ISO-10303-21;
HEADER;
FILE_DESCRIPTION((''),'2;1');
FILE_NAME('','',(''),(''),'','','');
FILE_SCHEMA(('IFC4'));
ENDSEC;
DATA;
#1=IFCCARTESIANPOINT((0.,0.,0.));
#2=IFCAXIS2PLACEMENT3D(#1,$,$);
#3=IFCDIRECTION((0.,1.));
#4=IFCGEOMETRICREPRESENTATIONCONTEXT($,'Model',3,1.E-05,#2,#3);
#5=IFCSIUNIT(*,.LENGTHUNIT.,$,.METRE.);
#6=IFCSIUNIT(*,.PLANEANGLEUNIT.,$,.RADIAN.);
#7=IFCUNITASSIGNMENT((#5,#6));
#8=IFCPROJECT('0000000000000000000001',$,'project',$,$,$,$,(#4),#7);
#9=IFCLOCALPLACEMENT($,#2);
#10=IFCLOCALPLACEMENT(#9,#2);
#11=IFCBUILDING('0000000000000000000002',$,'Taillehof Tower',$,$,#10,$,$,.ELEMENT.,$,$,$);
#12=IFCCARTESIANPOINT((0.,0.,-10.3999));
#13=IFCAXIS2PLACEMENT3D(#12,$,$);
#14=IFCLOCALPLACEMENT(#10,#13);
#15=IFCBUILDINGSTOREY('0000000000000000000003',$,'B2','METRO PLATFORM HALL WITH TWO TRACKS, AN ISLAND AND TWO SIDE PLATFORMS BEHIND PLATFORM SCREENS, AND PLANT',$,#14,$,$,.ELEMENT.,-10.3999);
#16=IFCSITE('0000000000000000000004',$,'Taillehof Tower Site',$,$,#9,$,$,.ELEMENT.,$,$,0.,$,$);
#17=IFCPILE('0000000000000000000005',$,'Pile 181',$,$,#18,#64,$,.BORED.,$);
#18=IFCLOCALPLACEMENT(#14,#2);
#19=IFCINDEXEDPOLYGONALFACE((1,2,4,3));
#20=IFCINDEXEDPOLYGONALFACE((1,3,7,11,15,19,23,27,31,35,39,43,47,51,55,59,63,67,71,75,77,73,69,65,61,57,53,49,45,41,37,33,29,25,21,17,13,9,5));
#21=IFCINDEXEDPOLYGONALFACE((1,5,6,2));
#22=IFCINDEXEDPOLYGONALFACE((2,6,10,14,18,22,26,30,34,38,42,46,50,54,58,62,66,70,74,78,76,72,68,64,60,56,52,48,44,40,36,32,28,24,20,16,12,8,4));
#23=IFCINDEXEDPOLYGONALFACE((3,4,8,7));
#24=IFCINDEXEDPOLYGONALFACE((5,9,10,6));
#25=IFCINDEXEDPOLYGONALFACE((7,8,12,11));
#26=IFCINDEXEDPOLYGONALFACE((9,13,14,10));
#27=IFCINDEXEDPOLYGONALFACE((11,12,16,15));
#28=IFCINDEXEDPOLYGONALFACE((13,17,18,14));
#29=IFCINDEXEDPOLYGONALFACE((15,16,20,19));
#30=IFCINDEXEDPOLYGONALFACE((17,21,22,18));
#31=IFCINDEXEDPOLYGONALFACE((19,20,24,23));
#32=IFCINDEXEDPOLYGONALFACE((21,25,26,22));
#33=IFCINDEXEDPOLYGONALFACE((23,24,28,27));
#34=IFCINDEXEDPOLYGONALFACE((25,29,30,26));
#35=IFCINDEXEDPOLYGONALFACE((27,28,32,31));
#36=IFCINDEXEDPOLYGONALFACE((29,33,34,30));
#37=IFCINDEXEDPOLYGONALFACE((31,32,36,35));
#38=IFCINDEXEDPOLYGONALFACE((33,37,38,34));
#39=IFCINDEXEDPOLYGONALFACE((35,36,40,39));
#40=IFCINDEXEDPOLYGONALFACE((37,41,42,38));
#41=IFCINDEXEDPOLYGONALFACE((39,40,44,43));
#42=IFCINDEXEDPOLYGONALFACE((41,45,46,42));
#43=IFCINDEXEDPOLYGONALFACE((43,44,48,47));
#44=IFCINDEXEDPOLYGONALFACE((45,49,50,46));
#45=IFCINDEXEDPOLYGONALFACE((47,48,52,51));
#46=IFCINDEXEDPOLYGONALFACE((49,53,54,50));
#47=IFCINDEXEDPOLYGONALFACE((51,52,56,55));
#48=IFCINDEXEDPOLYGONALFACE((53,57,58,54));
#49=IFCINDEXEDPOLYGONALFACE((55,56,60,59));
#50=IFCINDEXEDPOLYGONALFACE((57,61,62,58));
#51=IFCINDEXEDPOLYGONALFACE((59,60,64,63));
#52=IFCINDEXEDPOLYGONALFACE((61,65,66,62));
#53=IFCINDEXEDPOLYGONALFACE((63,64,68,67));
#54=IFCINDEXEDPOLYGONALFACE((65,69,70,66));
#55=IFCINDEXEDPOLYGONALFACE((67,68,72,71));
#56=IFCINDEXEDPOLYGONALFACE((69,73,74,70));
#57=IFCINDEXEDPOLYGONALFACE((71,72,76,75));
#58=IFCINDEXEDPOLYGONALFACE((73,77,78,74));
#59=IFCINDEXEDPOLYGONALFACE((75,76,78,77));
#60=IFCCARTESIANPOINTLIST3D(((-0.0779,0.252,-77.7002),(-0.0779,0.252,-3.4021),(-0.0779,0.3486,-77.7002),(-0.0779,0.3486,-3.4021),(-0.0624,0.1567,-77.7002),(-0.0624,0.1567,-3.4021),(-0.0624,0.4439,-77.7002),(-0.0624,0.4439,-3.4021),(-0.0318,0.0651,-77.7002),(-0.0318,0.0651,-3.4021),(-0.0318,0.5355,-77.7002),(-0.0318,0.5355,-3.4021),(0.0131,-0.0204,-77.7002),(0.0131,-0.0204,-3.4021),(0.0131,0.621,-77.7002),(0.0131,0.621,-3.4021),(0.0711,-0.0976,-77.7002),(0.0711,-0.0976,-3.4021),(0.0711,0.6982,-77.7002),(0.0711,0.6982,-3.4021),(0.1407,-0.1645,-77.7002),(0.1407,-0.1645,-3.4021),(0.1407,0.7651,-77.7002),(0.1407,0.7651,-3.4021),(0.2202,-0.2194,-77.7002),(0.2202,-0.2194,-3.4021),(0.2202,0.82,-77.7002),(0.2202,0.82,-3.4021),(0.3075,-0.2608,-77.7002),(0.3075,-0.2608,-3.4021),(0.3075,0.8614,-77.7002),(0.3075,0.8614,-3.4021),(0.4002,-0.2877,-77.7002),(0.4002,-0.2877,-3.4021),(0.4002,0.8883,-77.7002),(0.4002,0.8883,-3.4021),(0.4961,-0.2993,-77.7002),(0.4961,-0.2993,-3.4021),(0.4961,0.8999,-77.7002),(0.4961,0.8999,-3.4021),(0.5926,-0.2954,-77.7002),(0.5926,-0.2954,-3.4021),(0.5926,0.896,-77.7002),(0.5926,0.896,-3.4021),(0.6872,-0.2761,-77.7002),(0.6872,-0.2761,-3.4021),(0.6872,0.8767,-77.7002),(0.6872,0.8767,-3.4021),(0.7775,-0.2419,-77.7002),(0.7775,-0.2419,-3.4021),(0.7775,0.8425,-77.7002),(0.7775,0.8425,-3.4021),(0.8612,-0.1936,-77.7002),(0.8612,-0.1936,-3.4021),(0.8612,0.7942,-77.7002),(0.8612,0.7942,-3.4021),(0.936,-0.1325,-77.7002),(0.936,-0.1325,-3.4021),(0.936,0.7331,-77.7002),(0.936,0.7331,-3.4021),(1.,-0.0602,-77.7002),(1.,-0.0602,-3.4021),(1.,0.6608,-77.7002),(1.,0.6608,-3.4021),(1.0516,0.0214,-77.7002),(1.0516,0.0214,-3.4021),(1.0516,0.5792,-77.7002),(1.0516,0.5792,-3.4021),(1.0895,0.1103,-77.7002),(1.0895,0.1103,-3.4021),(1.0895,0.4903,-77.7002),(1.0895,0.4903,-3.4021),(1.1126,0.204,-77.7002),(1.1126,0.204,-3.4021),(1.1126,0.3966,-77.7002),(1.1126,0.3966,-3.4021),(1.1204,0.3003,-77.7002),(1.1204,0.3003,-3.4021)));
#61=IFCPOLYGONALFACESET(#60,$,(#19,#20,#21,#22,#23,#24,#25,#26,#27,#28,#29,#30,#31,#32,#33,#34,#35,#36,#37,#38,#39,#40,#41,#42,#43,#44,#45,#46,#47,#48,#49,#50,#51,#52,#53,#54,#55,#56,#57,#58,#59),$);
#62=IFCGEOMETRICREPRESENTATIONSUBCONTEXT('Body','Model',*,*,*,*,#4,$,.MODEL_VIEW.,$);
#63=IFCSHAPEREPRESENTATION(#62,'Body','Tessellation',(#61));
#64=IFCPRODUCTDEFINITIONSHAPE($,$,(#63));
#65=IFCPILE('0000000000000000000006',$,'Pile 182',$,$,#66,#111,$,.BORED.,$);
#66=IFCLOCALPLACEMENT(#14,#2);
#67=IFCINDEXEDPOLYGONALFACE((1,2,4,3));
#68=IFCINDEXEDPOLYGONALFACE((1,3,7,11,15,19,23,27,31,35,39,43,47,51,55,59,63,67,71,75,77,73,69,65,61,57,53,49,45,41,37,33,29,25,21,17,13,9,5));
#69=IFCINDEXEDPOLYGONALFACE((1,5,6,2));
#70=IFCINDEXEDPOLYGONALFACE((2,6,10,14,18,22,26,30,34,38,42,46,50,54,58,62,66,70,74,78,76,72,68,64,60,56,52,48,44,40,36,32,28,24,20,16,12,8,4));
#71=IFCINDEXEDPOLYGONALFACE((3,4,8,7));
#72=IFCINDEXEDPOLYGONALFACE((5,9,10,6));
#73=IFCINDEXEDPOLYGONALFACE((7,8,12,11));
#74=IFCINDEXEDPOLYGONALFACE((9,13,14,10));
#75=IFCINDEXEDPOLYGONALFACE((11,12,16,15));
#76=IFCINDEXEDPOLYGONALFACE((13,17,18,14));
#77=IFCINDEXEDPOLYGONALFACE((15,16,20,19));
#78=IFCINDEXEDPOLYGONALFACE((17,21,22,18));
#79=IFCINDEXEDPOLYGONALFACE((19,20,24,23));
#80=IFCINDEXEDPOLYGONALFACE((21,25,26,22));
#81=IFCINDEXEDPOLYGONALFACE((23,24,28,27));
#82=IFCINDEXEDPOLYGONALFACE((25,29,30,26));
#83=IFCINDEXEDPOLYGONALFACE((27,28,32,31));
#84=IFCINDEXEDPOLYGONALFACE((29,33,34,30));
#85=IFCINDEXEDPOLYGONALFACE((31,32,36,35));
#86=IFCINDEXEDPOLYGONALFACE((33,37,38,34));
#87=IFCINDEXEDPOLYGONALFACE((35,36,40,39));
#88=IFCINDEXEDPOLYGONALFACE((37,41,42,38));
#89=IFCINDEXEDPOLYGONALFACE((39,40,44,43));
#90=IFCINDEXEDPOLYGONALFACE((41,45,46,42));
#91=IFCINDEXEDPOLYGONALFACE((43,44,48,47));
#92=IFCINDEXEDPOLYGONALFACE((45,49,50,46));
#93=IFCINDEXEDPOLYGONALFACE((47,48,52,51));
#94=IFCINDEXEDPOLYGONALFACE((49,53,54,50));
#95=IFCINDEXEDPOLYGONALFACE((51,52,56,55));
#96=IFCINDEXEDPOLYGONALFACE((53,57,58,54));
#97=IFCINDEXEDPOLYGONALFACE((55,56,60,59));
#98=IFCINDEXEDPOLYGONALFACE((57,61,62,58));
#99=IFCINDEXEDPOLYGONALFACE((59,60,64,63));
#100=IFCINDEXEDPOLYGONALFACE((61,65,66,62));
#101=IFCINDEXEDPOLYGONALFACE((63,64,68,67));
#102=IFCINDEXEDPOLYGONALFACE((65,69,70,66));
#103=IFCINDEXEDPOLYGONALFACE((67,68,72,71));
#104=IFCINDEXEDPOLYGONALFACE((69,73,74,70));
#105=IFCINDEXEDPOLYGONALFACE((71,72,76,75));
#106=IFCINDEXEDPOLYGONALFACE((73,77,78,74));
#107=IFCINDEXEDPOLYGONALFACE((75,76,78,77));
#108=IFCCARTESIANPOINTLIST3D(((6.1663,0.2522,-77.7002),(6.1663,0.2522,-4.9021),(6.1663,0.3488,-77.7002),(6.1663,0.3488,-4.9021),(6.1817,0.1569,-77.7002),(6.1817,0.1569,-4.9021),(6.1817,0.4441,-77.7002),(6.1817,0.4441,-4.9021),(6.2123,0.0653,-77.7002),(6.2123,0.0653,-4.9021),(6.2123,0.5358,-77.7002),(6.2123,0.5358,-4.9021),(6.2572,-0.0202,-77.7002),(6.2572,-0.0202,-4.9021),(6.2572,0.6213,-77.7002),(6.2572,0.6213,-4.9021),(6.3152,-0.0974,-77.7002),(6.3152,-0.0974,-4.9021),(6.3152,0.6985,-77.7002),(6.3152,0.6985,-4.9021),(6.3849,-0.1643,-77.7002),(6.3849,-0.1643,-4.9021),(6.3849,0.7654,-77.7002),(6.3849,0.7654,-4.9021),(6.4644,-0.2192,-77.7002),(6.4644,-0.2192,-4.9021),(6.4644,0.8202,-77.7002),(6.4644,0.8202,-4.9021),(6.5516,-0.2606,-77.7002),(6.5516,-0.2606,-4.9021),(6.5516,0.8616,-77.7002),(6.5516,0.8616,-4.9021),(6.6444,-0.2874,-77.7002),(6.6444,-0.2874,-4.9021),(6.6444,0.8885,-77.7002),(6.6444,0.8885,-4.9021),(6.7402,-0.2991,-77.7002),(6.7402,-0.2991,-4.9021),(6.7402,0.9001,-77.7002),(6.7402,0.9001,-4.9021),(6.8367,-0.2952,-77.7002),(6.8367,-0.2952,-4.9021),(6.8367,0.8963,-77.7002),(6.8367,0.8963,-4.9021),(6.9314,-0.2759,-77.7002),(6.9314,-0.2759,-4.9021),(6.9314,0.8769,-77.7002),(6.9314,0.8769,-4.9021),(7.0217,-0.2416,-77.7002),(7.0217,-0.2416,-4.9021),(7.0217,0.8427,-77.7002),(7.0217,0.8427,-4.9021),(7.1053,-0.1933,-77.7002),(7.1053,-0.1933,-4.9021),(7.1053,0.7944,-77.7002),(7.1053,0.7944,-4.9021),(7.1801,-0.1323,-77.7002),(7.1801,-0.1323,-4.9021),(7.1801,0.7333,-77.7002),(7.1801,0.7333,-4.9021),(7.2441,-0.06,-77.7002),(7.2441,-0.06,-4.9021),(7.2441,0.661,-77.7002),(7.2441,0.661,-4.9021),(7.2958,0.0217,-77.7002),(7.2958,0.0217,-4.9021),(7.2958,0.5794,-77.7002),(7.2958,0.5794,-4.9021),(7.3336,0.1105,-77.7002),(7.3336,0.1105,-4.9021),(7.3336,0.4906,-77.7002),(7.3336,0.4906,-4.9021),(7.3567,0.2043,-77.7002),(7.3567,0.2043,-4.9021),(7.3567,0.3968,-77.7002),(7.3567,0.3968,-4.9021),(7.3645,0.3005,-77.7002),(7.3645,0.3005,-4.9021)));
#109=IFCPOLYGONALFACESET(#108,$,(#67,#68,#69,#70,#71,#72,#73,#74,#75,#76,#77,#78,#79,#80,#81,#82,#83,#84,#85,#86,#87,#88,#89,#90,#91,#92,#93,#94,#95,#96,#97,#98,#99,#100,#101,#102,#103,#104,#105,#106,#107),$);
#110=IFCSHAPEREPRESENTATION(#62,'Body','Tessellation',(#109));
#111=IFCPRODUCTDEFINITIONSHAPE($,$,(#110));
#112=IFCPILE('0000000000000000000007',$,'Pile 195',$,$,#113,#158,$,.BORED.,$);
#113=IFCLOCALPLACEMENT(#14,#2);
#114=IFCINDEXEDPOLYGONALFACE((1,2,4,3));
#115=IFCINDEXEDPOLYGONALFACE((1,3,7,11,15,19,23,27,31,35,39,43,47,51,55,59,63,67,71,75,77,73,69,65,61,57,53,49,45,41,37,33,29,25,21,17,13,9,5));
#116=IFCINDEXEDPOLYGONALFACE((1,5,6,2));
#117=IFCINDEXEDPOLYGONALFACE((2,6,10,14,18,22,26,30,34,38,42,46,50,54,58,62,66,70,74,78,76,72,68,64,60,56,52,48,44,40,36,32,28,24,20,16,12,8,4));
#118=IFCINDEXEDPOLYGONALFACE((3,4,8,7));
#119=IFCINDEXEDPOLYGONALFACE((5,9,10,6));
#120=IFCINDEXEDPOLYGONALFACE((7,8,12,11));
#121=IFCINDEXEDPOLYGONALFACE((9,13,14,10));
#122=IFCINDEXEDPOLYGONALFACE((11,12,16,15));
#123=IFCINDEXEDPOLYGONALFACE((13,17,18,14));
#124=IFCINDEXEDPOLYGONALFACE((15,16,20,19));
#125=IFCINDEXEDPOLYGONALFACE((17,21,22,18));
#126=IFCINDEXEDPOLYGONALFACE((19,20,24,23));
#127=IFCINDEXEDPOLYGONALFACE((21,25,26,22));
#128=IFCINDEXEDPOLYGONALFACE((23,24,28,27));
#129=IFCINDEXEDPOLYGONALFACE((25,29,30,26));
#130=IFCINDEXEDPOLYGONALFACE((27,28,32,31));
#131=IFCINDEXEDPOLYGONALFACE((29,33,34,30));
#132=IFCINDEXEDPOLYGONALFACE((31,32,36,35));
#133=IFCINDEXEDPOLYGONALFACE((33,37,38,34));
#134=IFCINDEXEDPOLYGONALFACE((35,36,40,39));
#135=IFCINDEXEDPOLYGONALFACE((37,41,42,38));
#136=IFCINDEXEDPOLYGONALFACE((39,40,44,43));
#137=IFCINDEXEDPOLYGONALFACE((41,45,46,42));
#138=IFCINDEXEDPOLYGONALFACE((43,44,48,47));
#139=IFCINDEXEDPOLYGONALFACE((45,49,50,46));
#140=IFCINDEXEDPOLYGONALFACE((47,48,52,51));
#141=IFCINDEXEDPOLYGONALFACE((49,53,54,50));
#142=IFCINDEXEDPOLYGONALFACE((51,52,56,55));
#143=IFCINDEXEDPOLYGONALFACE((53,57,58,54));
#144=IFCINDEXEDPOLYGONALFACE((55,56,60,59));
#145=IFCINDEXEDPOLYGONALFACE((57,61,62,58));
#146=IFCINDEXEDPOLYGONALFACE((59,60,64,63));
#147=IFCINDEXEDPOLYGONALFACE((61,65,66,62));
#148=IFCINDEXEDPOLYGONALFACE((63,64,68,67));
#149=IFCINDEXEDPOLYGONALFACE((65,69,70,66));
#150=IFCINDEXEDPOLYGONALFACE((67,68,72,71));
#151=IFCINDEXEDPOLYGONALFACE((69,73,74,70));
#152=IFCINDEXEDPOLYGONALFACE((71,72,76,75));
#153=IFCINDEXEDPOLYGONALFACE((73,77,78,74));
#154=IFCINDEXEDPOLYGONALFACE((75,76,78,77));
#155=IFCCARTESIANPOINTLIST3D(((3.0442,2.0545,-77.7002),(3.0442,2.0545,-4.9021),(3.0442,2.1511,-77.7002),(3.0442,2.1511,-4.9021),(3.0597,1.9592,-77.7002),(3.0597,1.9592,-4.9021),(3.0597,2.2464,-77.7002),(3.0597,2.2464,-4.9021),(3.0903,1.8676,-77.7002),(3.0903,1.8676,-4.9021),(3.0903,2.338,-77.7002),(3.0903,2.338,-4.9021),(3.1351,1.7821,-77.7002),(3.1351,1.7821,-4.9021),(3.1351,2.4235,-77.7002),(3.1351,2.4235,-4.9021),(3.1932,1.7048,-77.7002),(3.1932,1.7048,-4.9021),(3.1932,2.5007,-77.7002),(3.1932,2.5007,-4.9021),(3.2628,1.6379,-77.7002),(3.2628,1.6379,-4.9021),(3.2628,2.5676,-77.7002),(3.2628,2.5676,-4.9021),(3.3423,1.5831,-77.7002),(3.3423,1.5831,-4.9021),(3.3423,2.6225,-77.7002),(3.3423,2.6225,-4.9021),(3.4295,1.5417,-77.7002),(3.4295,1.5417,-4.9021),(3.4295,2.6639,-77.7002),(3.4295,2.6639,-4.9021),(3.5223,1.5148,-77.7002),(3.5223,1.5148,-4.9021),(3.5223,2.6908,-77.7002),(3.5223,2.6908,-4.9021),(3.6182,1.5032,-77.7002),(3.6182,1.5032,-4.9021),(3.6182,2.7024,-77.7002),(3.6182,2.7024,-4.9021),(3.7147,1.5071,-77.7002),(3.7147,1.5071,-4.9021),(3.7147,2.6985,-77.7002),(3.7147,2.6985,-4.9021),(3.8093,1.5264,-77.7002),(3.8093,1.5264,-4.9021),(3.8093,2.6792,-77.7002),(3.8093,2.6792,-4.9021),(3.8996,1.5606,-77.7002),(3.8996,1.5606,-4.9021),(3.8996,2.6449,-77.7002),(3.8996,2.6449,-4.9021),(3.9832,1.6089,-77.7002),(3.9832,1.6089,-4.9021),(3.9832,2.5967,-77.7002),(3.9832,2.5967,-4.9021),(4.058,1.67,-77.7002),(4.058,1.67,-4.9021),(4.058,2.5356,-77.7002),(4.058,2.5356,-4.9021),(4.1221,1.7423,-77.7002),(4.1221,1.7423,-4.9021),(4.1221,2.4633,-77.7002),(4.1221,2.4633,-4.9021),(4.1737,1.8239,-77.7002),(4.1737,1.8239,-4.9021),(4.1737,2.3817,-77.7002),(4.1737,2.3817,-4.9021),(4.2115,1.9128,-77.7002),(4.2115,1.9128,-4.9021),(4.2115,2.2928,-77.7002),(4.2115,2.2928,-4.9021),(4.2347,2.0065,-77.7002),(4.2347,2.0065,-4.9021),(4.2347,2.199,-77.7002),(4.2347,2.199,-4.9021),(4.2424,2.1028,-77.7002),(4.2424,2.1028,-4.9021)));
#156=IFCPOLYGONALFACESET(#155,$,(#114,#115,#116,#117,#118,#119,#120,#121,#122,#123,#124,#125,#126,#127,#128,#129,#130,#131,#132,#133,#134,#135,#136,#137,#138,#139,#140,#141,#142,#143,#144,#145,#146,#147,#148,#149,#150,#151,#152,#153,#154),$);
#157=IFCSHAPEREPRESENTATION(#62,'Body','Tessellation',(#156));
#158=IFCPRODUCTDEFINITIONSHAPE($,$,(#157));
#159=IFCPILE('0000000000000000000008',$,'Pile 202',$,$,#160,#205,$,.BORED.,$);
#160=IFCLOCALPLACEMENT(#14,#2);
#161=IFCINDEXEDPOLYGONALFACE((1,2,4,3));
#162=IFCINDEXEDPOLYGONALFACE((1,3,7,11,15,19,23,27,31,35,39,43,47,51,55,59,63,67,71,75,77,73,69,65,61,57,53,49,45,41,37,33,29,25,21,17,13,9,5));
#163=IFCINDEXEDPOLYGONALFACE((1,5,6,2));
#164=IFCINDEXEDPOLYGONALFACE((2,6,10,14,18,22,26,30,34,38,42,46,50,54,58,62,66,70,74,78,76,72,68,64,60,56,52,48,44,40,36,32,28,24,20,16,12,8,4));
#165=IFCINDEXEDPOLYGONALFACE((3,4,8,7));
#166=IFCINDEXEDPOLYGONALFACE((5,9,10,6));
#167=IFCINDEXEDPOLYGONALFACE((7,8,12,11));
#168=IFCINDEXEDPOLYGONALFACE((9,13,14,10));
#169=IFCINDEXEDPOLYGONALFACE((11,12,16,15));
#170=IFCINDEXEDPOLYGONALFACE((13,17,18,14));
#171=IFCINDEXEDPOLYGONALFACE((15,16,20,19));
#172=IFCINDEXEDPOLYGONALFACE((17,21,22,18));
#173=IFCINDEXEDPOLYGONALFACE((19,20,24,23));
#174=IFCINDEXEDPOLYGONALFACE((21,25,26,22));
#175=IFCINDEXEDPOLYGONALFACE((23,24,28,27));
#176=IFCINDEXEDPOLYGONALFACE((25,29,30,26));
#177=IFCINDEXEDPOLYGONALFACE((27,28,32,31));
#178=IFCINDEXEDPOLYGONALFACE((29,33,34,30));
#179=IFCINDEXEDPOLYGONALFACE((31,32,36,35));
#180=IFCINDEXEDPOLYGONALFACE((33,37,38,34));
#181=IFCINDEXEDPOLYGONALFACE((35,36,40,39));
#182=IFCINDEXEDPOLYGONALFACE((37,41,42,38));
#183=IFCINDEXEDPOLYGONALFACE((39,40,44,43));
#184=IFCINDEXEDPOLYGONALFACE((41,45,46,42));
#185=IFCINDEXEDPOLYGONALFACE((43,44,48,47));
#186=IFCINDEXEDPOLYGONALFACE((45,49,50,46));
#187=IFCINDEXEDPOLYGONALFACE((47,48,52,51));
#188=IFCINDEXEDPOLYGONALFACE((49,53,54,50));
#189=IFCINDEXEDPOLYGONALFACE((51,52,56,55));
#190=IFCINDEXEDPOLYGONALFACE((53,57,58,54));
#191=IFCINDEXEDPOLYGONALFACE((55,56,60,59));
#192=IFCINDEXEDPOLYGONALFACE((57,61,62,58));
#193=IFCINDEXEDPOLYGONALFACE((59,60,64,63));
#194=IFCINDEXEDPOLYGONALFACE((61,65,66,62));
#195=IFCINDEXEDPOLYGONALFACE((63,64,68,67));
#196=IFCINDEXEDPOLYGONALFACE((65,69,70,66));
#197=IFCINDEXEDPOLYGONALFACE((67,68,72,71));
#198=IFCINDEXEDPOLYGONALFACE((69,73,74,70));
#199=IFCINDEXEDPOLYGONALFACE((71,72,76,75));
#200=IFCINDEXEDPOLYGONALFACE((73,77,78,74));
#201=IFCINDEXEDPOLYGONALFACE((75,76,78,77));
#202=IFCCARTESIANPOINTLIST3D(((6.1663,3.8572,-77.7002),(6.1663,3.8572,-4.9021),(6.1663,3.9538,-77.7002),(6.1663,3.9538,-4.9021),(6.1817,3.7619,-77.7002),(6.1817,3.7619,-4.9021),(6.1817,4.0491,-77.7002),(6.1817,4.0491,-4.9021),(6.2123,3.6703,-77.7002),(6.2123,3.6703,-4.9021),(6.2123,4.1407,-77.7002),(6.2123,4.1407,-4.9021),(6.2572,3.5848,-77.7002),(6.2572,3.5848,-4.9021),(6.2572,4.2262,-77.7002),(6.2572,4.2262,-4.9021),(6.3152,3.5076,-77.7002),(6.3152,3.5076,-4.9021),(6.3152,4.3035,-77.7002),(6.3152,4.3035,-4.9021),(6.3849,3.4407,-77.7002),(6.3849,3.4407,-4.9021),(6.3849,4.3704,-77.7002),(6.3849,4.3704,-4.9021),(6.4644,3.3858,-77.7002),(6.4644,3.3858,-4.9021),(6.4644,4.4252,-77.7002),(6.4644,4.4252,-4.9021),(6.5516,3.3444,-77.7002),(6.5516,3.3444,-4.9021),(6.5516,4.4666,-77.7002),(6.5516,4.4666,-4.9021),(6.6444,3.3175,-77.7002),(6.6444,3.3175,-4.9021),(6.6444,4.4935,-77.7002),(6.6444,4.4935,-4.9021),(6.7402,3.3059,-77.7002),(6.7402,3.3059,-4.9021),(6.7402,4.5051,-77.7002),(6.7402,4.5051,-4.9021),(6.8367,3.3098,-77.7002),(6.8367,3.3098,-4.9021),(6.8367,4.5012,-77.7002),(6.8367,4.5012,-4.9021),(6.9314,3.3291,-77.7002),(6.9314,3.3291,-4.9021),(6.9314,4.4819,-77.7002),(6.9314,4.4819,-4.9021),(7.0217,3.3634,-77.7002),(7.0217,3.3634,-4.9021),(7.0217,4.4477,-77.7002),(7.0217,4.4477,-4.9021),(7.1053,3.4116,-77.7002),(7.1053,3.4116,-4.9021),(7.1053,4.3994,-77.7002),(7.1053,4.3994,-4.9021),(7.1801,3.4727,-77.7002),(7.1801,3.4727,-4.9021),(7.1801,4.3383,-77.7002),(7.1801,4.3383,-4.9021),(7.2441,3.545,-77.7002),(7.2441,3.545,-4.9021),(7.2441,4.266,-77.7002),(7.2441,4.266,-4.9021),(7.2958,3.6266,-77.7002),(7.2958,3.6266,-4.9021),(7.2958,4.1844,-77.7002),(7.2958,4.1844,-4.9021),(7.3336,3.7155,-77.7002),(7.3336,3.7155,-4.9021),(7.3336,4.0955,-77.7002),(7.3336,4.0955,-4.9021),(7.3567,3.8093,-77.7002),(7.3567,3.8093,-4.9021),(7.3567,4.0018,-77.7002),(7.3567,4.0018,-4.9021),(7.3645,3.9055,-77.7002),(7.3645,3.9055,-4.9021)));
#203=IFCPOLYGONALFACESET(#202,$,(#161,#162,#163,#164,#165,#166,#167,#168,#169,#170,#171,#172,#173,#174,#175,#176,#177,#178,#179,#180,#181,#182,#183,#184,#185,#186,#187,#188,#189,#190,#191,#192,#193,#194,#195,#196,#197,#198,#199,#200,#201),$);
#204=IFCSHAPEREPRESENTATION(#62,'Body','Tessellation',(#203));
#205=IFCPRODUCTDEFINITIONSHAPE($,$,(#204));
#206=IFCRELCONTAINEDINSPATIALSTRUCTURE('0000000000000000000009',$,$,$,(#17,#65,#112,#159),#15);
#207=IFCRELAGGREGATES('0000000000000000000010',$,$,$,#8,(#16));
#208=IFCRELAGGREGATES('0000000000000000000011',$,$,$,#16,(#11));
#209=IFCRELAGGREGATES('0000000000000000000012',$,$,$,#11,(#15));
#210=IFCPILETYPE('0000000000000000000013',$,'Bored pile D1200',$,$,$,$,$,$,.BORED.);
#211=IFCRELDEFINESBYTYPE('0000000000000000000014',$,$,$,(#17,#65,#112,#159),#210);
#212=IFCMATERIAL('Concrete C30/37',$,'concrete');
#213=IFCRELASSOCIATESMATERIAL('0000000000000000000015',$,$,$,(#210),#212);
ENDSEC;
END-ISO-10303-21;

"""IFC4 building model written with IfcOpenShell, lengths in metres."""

from ifc_helpers import new_model, si_unit, direction, frame, origin, origin_2d, place, context, subcontext, project, spatial, circle, extrude, material, material_profile, profile_set, type_object, element, save


model = new_model("IFC4")

# Units and contexts
model_context = context("Model", 3, precision=1e-05, world=origin(), true_north=direction((0.0, 1.0)))
body_context = subcontext(model_context, "Body", "Model", "MODEL_VIEW")
ifc_project = project(units=[si_unit("LENGTHUNIT", "METRE"), si_unit("PLANEANGLEUNIT", "RADIAN")], contexts=[model_context])

# Site, building, storey
site_placement = place(None, origin())
site = spatial("IfcSite", under=ifc_project, at=site_placement, Name="Taillehof Tower Site", CompositionType="ELEMENT", RefElevation=0.0)
building_placement = place(site_placement, origin())
building = spatial("IfcBuilding", under=site, at=building_placement, Name="Taillehof Tower", CompositionType="ELEMENT")
storey_placement = place(building_placement, frame((0.0, 0.0, -10.3999)))
storey = spatial("IfcBuildingStorey", under=building, at=storey_placement, Name="B2", Description="METRO PLATFORM HALL WITH TWO TRACKS, AN ISLAND AND TWO SIDE PLATFORMS BEHIND PLATFORM SCREENS, AND PLANT", CompositionType="ELEMENT", Elevation=-10.3999)

# Piles
ifc_material_1 = material(Name="Concrete C30/37", Category="concrete")
ifc_material_profile_1 = material_profile(ifc_material_1, circle(Radius=0.6001, at=origin_2d()), Name="BP D1200")
ifc_profile_set_1 = profile_set([ifc_material_profile_1], Name="Concrete C30/37")
pile_type = type_object("IfcPileType", Name="Bored pile D1200", PredefinedType="BORED", material=ifc_profile_set_1)
pile_1_placement = place(storey_placement, frame((0.5203, 0.3003, -3.4021), z_axis=(0.0, 0.0, -1.0), x_axis=(1.0, 0.0, 0.0)))
element("IfcPile", 1, at=pile_1_placement, inside=storey, type_object=pile_type, Name="Pile 181", PredefinedType="BORED", context=body_context, shape_type="SweptSolid", body=[
    extrude(circle(Radius=0.6001, at=origin_2d()), origin(), (0.0, 0.0, 1.0), 74.2981),
])
for number, where, z_axis, x_axis, name in (
    (2, (6.7644, 0.3005, -4.9021), (0.0, 0.0, -1.0), (1.0, 0.0, 0.0), "Pile 182"),
    (3, (3.6423, 2.1028, -4.9021), (0.0, 0.0, -1.0), (1.0, 0.0, 0.0), "Pile 195"),
    (4, (6.7644, 3.9055, -4.9021), (0.0, 0.0, -1.0), (1.0, 0.0, 0.0), "Pile 202"),
):
    element("IfcPile", number, at=place(storey_placement, frame(where, z_axis=z_axis, x_axis=x_axis)), inside=storey, type_object=pile_type, Name=name, PredefinedType="BORED", context=body_context, shape_type="SweptSolid", body=[
        extrude(circle(Radius=0.6001, at=origin_2d()), origin(), (0.0, 0.0, 1.0), 72.7981),
    ])

save(model, "model.ifc")
